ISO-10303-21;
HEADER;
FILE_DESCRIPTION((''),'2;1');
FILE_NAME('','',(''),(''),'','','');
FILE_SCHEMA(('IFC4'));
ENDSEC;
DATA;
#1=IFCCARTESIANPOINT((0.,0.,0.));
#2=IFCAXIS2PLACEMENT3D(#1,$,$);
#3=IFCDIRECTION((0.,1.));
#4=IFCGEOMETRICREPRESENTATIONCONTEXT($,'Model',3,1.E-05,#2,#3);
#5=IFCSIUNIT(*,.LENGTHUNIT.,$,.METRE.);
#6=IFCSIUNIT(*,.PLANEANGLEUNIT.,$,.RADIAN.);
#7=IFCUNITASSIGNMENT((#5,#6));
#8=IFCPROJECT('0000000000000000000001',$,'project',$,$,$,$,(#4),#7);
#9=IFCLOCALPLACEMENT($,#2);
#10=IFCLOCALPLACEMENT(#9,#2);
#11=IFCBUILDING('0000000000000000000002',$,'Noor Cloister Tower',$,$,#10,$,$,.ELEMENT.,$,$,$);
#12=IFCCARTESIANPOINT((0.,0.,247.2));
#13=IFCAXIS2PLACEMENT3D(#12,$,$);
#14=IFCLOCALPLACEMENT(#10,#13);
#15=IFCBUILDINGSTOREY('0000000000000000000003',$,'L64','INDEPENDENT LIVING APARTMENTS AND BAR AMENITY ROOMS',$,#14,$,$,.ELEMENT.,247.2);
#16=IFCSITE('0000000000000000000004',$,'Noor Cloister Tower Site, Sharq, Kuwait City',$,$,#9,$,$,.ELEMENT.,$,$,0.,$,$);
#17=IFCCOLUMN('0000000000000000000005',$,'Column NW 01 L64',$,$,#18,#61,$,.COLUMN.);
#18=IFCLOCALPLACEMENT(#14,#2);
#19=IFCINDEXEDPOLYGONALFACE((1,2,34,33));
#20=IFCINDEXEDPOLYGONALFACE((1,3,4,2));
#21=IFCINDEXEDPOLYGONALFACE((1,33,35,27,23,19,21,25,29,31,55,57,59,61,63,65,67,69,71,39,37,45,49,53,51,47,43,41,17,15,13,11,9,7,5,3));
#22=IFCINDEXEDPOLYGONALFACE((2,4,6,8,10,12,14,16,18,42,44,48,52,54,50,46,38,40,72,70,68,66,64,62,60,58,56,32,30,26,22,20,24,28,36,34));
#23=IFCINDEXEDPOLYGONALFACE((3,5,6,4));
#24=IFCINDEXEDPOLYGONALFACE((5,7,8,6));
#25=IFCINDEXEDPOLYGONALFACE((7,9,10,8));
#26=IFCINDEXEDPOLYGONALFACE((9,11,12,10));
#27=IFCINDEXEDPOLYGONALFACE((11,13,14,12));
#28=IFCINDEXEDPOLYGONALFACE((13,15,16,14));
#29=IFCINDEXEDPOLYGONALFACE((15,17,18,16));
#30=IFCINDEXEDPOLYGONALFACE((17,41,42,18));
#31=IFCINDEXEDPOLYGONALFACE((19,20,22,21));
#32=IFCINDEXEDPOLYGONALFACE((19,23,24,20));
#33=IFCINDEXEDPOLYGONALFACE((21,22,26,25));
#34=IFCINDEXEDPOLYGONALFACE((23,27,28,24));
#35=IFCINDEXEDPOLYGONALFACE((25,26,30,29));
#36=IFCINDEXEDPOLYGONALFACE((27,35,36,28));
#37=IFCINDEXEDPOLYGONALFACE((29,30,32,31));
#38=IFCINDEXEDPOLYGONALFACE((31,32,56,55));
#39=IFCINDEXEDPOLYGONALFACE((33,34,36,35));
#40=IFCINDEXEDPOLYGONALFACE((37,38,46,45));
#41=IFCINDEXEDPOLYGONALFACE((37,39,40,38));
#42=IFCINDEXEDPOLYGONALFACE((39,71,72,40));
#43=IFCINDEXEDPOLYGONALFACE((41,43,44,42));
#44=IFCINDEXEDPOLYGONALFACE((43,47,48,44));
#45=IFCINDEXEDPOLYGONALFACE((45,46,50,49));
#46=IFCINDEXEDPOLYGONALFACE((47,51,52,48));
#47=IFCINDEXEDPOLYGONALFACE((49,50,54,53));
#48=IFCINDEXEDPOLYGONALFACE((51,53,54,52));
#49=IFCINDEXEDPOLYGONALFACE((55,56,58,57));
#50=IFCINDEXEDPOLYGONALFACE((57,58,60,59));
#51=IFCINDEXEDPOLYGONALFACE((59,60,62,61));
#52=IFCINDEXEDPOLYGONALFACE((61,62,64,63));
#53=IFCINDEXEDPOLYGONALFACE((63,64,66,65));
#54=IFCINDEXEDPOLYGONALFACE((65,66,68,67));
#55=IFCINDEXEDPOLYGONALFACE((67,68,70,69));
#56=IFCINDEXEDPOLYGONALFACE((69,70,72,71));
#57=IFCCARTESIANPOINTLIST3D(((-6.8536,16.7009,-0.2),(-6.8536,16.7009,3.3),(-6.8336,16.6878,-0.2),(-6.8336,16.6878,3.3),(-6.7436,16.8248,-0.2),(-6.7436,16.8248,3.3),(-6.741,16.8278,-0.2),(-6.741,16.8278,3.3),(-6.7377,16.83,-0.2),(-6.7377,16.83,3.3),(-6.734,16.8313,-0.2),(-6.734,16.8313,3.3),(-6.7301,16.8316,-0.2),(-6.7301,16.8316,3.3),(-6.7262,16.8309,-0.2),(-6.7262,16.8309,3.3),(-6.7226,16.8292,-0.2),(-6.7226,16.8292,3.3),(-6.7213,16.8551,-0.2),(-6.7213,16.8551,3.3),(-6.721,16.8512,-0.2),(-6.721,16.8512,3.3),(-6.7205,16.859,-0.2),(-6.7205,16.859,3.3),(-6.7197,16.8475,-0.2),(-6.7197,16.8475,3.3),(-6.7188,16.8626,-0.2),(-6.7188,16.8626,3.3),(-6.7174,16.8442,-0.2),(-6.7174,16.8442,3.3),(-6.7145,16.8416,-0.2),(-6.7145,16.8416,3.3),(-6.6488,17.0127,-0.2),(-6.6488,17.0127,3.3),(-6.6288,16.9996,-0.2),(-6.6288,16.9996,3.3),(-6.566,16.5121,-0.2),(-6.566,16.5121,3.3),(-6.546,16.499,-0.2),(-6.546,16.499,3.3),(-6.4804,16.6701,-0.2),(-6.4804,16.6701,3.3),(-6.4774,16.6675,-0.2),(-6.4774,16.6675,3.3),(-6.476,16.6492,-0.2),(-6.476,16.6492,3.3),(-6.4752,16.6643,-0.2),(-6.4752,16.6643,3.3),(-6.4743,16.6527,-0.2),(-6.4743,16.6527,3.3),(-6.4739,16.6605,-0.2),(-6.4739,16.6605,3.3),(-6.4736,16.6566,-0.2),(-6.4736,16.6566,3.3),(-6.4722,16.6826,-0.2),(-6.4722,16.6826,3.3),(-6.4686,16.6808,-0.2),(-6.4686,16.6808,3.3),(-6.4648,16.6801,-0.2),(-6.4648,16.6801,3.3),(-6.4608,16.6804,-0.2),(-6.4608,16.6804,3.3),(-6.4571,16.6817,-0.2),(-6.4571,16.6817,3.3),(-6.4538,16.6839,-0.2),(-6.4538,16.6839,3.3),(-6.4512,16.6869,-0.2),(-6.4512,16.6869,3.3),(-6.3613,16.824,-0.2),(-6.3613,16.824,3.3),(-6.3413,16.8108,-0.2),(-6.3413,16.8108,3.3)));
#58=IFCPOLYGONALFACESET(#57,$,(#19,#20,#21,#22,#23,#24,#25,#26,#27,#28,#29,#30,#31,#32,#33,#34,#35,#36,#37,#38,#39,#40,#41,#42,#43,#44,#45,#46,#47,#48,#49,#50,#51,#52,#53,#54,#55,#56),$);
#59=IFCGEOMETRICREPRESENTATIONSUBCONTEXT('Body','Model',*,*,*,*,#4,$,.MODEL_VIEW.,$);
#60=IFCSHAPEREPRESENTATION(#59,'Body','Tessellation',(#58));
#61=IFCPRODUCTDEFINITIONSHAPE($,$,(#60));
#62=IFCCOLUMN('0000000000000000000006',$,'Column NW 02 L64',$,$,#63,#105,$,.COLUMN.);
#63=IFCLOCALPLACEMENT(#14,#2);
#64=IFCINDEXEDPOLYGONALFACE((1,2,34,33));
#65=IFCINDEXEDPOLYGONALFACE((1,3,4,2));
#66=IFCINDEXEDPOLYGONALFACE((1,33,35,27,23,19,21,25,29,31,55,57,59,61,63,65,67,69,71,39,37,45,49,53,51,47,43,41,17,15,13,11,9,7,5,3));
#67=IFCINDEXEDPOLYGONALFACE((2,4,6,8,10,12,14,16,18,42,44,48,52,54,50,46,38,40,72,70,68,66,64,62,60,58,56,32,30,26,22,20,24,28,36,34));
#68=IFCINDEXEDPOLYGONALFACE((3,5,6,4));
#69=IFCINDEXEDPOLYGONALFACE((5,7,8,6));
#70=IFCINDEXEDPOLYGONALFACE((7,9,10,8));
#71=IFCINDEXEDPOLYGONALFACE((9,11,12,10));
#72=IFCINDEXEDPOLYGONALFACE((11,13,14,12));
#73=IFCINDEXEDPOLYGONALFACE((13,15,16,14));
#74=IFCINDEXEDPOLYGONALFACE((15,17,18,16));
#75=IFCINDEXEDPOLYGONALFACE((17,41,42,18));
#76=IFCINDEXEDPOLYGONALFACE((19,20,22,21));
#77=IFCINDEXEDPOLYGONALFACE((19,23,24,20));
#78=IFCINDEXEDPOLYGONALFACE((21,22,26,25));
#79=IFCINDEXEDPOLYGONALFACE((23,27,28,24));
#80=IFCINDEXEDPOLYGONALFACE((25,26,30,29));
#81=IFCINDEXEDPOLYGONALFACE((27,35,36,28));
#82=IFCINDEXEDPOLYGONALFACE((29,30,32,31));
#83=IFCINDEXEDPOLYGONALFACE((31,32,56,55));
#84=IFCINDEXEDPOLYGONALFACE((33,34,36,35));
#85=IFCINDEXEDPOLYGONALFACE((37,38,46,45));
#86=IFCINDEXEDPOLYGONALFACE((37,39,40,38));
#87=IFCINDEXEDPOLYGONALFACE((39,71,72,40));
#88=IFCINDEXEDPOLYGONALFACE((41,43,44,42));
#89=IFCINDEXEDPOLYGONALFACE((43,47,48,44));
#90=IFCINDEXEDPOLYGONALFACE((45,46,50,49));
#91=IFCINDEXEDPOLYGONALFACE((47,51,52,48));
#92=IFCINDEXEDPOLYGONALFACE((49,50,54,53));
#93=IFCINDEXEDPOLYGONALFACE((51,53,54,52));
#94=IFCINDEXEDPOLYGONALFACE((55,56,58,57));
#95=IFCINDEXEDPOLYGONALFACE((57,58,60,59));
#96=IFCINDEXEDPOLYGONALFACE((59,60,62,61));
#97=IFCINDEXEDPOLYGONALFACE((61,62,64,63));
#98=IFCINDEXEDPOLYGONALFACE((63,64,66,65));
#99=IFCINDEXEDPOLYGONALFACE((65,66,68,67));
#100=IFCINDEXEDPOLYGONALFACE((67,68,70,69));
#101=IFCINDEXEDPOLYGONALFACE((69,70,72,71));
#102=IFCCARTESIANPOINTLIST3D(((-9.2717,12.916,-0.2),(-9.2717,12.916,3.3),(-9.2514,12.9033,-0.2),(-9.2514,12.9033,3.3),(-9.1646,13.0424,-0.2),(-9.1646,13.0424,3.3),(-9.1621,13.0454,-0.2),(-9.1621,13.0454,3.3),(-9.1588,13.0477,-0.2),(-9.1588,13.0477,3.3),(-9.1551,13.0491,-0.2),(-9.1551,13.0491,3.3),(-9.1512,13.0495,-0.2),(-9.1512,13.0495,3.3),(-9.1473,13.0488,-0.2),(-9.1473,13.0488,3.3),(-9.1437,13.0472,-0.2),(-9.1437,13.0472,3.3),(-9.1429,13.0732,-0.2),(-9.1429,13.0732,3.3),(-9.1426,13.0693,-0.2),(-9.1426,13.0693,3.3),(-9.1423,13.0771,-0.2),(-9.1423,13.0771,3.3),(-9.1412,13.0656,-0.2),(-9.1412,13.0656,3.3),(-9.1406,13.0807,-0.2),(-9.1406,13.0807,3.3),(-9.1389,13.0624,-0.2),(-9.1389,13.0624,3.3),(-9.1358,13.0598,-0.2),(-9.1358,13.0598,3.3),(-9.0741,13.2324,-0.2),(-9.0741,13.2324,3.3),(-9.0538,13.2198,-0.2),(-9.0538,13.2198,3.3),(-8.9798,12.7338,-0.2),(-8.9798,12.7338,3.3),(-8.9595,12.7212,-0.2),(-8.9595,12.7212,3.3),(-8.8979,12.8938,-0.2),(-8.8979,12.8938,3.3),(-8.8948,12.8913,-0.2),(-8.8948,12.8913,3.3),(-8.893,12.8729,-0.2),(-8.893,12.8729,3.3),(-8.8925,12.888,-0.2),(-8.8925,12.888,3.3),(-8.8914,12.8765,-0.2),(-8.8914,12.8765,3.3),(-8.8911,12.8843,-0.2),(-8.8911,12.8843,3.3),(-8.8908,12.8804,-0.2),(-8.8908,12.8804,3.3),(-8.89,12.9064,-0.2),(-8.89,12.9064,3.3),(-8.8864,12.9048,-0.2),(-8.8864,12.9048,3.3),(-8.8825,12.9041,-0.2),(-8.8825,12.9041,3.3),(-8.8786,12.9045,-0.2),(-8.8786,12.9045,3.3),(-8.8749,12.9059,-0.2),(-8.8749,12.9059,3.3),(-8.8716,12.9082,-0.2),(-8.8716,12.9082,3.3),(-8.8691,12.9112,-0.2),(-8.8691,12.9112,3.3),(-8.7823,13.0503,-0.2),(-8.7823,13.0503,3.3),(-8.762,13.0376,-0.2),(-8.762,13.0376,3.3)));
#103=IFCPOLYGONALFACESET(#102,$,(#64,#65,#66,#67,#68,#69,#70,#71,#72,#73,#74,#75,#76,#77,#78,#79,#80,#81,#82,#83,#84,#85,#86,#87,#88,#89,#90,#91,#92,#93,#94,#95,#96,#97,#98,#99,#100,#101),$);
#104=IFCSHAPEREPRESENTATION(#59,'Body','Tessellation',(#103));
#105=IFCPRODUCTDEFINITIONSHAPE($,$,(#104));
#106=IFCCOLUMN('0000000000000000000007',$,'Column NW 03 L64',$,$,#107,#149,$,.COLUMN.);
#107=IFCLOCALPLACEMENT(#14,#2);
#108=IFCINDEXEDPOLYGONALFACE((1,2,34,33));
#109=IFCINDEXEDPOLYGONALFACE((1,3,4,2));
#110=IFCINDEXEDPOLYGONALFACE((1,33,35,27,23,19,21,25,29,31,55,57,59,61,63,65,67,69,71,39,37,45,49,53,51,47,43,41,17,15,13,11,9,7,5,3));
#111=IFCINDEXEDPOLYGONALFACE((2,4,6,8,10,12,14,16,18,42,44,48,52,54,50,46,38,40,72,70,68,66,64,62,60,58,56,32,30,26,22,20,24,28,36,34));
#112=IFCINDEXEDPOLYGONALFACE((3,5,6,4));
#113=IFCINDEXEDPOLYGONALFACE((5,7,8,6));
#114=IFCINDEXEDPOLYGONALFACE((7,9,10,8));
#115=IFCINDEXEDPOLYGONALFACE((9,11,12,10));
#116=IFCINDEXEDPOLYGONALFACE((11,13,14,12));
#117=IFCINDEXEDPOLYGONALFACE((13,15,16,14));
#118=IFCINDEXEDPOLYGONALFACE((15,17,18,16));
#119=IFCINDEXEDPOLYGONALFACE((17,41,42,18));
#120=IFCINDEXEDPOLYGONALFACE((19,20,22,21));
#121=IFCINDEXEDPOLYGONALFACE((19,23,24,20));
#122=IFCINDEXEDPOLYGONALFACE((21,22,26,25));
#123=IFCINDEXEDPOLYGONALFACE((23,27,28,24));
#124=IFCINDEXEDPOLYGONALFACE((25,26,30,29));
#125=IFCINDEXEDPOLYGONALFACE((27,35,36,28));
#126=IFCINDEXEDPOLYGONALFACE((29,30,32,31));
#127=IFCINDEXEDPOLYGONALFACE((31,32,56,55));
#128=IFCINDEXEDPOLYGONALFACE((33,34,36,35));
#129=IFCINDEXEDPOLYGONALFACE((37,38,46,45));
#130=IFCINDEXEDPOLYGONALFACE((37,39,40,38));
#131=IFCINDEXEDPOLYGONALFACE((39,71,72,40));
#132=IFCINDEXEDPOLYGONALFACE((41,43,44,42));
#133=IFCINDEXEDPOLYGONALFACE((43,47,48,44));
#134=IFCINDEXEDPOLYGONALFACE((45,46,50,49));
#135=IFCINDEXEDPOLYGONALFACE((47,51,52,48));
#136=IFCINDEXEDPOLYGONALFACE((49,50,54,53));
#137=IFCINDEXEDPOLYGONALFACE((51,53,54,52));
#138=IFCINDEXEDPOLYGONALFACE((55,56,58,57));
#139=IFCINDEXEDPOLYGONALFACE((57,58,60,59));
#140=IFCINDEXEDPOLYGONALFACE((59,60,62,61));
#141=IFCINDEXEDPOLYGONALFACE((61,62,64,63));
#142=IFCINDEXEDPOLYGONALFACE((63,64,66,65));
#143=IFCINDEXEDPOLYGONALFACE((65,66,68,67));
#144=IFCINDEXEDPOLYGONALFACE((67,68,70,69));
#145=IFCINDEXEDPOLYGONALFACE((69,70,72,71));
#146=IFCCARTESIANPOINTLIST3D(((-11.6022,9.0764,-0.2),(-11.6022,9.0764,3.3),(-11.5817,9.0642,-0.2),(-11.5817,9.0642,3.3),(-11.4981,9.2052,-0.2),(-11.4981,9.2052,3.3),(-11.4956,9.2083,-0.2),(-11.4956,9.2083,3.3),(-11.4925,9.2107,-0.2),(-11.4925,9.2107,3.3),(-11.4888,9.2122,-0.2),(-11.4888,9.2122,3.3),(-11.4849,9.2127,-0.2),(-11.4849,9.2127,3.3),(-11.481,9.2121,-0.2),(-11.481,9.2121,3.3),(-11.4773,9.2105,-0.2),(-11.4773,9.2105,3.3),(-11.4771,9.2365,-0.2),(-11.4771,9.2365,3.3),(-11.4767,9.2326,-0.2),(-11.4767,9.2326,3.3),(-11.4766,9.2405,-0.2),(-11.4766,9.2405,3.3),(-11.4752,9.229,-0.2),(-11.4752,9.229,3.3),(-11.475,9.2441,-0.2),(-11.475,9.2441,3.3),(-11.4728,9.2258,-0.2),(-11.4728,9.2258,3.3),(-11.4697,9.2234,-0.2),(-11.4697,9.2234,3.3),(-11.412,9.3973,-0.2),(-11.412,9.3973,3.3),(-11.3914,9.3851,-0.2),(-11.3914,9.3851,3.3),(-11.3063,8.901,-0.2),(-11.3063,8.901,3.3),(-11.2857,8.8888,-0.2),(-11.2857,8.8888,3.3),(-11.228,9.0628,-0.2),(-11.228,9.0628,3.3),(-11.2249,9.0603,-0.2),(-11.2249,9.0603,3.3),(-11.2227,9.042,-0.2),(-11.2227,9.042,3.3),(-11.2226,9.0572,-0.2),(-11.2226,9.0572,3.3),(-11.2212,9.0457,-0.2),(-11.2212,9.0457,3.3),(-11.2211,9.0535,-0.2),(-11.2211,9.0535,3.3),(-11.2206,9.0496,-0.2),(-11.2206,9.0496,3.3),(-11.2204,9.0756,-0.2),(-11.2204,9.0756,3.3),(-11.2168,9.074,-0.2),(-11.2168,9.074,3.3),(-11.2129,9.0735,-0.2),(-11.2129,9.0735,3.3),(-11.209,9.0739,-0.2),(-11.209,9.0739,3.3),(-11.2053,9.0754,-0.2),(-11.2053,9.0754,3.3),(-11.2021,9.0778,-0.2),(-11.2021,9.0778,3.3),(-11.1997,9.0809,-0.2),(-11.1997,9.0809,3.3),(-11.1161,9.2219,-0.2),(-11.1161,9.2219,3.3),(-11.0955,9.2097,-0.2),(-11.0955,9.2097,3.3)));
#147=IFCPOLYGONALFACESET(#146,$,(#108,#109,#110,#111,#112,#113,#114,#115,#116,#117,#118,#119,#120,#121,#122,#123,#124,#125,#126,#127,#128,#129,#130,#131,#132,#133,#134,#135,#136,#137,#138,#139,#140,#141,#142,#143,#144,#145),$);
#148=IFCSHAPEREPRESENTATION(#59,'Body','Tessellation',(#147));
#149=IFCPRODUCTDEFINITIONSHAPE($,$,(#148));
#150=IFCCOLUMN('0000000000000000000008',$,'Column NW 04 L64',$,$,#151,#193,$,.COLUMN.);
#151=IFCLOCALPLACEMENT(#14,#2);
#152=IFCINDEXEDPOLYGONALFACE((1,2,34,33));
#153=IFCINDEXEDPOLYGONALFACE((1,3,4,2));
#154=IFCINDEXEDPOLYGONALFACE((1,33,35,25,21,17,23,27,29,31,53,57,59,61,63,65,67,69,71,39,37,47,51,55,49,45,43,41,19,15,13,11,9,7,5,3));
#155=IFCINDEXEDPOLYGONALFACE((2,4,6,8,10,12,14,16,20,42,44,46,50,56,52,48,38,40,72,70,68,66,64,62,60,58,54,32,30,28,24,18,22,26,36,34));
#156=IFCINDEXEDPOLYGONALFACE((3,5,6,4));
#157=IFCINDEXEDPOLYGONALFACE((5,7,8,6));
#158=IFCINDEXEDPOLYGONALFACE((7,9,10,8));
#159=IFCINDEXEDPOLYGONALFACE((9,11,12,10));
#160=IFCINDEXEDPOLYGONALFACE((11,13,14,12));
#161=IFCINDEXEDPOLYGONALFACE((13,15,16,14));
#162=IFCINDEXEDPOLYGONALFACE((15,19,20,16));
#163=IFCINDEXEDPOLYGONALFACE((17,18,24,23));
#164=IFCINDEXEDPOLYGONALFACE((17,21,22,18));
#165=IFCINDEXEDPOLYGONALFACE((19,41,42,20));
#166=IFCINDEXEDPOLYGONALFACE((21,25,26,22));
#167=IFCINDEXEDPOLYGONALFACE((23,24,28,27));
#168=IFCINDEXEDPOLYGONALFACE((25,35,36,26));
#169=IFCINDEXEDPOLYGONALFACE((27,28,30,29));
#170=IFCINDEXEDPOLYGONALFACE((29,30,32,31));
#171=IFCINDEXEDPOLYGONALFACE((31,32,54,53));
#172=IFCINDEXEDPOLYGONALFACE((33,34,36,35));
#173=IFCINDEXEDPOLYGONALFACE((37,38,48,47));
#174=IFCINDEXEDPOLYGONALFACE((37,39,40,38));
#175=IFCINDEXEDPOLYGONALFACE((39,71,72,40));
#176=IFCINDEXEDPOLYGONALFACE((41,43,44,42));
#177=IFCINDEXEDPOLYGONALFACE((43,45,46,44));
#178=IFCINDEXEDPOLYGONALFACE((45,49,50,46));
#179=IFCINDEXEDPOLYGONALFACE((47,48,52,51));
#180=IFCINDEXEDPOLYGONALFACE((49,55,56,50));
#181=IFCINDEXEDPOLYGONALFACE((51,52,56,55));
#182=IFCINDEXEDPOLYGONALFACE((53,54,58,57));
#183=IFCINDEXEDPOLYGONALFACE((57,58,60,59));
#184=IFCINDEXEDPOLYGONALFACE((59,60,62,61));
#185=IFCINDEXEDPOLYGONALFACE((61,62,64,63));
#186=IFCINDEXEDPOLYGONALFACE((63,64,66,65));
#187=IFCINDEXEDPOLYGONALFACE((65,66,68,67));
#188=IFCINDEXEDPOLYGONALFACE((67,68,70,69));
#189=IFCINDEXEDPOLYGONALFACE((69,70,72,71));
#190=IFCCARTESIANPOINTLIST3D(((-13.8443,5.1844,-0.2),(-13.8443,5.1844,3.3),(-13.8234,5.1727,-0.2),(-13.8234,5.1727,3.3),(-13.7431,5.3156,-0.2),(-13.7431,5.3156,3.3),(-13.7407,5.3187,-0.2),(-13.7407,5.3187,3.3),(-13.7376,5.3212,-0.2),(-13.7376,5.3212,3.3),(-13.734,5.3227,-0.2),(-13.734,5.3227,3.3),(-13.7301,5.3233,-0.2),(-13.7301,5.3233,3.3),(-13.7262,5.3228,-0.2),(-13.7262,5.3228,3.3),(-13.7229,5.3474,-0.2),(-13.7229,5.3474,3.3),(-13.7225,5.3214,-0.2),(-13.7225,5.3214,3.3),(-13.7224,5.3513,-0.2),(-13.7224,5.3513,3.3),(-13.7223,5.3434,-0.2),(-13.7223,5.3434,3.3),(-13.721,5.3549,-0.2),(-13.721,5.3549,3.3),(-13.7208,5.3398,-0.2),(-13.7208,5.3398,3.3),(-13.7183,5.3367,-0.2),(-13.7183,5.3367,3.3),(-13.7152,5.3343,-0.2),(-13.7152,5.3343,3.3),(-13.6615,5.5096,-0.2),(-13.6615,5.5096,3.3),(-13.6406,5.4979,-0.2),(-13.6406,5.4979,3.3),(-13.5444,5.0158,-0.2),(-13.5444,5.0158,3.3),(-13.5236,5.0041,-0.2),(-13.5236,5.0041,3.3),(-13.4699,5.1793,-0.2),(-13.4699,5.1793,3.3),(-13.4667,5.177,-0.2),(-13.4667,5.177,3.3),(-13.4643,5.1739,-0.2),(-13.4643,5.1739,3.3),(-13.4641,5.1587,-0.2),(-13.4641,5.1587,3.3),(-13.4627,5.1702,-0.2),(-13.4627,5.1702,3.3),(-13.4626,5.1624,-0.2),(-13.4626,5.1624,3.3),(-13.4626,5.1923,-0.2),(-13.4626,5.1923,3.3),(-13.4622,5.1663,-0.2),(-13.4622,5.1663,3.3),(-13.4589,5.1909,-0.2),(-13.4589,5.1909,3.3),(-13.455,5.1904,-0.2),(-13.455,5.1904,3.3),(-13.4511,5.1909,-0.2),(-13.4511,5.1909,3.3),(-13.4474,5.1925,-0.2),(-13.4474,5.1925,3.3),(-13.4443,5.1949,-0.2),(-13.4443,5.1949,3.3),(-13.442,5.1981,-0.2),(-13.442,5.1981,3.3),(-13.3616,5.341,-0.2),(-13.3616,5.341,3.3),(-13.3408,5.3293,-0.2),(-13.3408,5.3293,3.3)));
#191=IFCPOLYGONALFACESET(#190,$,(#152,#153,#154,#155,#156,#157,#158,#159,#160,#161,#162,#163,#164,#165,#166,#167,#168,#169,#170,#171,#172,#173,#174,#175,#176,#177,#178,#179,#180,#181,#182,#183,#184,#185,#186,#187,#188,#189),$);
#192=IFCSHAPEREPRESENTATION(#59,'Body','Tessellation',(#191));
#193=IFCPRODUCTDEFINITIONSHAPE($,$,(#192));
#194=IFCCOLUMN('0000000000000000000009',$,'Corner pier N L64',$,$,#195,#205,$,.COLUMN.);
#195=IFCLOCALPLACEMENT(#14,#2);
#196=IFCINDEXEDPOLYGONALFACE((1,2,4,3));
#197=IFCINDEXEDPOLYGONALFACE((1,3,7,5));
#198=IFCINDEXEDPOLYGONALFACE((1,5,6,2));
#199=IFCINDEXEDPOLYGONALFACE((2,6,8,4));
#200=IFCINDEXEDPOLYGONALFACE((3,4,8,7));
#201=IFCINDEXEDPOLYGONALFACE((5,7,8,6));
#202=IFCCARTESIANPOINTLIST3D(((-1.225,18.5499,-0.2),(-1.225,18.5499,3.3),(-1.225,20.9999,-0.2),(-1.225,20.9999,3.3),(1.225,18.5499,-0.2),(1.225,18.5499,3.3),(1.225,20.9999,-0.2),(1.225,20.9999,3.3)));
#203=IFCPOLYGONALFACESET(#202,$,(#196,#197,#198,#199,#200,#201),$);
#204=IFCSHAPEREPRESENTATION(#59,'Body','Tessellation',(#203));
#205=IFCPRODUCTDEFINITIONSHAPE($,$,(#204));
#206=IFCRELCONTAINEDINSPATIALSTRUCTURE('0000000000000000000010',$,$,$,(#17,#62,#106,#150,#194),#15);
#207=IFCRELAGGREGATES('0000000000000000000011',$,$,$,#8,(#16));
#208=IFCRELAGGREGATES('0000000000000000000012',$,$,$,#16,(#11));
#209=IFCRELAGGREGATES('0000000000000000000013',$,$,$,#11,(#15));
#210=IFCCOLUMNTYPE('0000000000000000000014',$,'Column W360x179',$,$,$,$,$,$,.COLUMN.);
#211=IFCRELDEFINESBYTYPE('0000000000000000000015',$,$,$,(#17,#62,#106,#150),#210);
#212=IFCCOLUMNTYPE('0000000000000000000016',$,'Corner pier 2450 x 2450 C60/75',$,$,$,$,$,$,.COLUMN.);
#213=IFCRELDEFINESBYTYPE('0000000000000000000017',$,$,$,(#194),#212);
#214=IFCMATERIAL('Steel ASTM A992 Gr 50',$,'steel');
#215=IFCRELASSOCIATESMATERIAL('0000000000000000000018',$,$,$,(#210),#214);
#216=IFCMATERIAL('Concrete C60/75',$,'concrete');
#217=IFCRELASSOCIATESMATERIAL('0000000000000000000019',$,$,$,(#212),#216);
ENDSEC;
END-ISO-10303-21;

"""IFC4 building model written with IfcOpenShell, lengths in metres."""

from ifc_helpers import new_model, si_unit, direction, frame, origin, origin_2d, place, context, subcontext, project, spatial, rectangle, i_section, extrude, material, material_profile, profile_set, type_object, element, save


model = new_model("IFC4")

# Units and contexts
model_context = context("Model", 3, precision=1e-05, world=origin(), true_north=direction((0.0, 1.0)))
body_context = subcontext(model_context, "Body", "Model", "MODEL_VIEW")
ifc_project = project(units=[si_unit("LENGTHUNIT", "METRE"), si_unit("PLANEANGLEUNIT", "RADIAN")], contexts=[model_context])

# Site, building, storey
site_placement = place(None, origin())
site = spatial("IfcSite", under=ifc_project, at=site_placement, Name="Noor Cloister Tower Site, Sharq, Kuwait City", CompositionType="ELEMENT", RefElevation=0.0)
building_placement = place(site_placement, origin())
building = spatial("IfcBuilding", under=site, at=building_placement, Name="Noor Cloister Tower", CompositionType="ELEMENT")
storey_placement = place(building_placement, frame((0.0, 0.0, 247.2)))
storey = spatial("IfcBuildingStorey", under=building, at=storey_placement, Name="L64", Description="INDEPENDENT LIVING APARTMENTS AND BAR AMENITY ROOMS", CompositionType="ELEMENT", Elevation=247.2)

# Columns
ifc_material_1 = material(Name="Steel ASTM A992 Gr 50", Category="steel")
ifc_material_profile_1 = material_profile(ifc_material_1, i_section(OverallWidth=0.373, OverallDepth=0.3679, WebThickness=0.0149, FlangeThickness=0.0239, FilletRadius=0.0151, at=origin_2d()), Name="W360x179")
ifc_profile_set_1 = profile_set([ifc_material_profile_1], Name="Steel ASTM A992 Gr 50")
column_type_1 = type_object("IfcColumnType", Name="Column W360x179", PredefinedType="COLUMN", material=ifc_profile_set_1)
for number, where, z_axis, x_axis, name in (
    (1, (-6.5974, 16.7559, -0.2), (0.0, 0.0, 1.0), (-0.54879, -0.83596, 0.0), "Column NW 01 L64"),
    (2, (-9.0168, 12.9768, -0.2), (0.0, 0.0, 1.0), (-0.529481, -0.848322, 0.0), "Column NW 02 L64"),
    (3, (-11.3489, 9.1431, -0.2), (0.0, 0.0, 1.0), (-0.509895, -0.860237, 0.0), "Column NW 03 L64"),
    (4, (-13.5925, 5.2568, -0.2), (0.0, 0.0, 1.0), (-0.49004, -0.8717, 0.0), "Column NW 04 L64"),
):
    element("IfcColumn", number, at=place(storey_placement, frame(where, z_axis=z_axis, x_axis=x_axis)), inside=storey, type_object=column_type_1, Name=name, PredefinedType="COLUMN", context=body_context, shape_type="SweptSolid", body=[
        extrude(i_section(OverallWidth=0.373, OverallDepth=0.3679, WebThickness=0.0149, FlangeThickness=0.0239, FilletRadius=0.0151, at=origin_2d()), origin(), (0.0, 0.0, 1.0), 3.5),
    ])
ifc_material_2 = material(Name="Concrete C60/75", Category="concrete")
ifc_material_profile_2 = material_profile(ifc_material_2, rectangle(XDim=2.45, YDim=2.45, at=origin_2d()), Name="RC 2450x2450")
ifc_profile_set_2 = profile_set([ifc_material_profile_2], Name="Concrete C60/75")
column_type_2 = type_object("IfcColumnType", Name="Corner pier 2450 x 2450 C60/75", PredefinedType="COLUMN", material=ifc_profile_set_2)
column_placement = place(storey_placement, frame((0.0, 19.7749, -0.2), z_axis=(0.0, 0.0, 1.0), x_axis=(0.0, 1.0, 0.0)))
element("IfcColumn", 5, at=column_placement, inside=storey, type_object=column_type_2, Name="Corner pier N L64", PredefinedType="COLUMN", context=body_context, shape_type="SweptSolid", body=[
    extrude(rectangle(XDim=2.45, YDim=2.45, at=origin_2d()), origin(), (0.0, 0.0, 1.0), 3.5),
])

save(model, "model.ifc")
